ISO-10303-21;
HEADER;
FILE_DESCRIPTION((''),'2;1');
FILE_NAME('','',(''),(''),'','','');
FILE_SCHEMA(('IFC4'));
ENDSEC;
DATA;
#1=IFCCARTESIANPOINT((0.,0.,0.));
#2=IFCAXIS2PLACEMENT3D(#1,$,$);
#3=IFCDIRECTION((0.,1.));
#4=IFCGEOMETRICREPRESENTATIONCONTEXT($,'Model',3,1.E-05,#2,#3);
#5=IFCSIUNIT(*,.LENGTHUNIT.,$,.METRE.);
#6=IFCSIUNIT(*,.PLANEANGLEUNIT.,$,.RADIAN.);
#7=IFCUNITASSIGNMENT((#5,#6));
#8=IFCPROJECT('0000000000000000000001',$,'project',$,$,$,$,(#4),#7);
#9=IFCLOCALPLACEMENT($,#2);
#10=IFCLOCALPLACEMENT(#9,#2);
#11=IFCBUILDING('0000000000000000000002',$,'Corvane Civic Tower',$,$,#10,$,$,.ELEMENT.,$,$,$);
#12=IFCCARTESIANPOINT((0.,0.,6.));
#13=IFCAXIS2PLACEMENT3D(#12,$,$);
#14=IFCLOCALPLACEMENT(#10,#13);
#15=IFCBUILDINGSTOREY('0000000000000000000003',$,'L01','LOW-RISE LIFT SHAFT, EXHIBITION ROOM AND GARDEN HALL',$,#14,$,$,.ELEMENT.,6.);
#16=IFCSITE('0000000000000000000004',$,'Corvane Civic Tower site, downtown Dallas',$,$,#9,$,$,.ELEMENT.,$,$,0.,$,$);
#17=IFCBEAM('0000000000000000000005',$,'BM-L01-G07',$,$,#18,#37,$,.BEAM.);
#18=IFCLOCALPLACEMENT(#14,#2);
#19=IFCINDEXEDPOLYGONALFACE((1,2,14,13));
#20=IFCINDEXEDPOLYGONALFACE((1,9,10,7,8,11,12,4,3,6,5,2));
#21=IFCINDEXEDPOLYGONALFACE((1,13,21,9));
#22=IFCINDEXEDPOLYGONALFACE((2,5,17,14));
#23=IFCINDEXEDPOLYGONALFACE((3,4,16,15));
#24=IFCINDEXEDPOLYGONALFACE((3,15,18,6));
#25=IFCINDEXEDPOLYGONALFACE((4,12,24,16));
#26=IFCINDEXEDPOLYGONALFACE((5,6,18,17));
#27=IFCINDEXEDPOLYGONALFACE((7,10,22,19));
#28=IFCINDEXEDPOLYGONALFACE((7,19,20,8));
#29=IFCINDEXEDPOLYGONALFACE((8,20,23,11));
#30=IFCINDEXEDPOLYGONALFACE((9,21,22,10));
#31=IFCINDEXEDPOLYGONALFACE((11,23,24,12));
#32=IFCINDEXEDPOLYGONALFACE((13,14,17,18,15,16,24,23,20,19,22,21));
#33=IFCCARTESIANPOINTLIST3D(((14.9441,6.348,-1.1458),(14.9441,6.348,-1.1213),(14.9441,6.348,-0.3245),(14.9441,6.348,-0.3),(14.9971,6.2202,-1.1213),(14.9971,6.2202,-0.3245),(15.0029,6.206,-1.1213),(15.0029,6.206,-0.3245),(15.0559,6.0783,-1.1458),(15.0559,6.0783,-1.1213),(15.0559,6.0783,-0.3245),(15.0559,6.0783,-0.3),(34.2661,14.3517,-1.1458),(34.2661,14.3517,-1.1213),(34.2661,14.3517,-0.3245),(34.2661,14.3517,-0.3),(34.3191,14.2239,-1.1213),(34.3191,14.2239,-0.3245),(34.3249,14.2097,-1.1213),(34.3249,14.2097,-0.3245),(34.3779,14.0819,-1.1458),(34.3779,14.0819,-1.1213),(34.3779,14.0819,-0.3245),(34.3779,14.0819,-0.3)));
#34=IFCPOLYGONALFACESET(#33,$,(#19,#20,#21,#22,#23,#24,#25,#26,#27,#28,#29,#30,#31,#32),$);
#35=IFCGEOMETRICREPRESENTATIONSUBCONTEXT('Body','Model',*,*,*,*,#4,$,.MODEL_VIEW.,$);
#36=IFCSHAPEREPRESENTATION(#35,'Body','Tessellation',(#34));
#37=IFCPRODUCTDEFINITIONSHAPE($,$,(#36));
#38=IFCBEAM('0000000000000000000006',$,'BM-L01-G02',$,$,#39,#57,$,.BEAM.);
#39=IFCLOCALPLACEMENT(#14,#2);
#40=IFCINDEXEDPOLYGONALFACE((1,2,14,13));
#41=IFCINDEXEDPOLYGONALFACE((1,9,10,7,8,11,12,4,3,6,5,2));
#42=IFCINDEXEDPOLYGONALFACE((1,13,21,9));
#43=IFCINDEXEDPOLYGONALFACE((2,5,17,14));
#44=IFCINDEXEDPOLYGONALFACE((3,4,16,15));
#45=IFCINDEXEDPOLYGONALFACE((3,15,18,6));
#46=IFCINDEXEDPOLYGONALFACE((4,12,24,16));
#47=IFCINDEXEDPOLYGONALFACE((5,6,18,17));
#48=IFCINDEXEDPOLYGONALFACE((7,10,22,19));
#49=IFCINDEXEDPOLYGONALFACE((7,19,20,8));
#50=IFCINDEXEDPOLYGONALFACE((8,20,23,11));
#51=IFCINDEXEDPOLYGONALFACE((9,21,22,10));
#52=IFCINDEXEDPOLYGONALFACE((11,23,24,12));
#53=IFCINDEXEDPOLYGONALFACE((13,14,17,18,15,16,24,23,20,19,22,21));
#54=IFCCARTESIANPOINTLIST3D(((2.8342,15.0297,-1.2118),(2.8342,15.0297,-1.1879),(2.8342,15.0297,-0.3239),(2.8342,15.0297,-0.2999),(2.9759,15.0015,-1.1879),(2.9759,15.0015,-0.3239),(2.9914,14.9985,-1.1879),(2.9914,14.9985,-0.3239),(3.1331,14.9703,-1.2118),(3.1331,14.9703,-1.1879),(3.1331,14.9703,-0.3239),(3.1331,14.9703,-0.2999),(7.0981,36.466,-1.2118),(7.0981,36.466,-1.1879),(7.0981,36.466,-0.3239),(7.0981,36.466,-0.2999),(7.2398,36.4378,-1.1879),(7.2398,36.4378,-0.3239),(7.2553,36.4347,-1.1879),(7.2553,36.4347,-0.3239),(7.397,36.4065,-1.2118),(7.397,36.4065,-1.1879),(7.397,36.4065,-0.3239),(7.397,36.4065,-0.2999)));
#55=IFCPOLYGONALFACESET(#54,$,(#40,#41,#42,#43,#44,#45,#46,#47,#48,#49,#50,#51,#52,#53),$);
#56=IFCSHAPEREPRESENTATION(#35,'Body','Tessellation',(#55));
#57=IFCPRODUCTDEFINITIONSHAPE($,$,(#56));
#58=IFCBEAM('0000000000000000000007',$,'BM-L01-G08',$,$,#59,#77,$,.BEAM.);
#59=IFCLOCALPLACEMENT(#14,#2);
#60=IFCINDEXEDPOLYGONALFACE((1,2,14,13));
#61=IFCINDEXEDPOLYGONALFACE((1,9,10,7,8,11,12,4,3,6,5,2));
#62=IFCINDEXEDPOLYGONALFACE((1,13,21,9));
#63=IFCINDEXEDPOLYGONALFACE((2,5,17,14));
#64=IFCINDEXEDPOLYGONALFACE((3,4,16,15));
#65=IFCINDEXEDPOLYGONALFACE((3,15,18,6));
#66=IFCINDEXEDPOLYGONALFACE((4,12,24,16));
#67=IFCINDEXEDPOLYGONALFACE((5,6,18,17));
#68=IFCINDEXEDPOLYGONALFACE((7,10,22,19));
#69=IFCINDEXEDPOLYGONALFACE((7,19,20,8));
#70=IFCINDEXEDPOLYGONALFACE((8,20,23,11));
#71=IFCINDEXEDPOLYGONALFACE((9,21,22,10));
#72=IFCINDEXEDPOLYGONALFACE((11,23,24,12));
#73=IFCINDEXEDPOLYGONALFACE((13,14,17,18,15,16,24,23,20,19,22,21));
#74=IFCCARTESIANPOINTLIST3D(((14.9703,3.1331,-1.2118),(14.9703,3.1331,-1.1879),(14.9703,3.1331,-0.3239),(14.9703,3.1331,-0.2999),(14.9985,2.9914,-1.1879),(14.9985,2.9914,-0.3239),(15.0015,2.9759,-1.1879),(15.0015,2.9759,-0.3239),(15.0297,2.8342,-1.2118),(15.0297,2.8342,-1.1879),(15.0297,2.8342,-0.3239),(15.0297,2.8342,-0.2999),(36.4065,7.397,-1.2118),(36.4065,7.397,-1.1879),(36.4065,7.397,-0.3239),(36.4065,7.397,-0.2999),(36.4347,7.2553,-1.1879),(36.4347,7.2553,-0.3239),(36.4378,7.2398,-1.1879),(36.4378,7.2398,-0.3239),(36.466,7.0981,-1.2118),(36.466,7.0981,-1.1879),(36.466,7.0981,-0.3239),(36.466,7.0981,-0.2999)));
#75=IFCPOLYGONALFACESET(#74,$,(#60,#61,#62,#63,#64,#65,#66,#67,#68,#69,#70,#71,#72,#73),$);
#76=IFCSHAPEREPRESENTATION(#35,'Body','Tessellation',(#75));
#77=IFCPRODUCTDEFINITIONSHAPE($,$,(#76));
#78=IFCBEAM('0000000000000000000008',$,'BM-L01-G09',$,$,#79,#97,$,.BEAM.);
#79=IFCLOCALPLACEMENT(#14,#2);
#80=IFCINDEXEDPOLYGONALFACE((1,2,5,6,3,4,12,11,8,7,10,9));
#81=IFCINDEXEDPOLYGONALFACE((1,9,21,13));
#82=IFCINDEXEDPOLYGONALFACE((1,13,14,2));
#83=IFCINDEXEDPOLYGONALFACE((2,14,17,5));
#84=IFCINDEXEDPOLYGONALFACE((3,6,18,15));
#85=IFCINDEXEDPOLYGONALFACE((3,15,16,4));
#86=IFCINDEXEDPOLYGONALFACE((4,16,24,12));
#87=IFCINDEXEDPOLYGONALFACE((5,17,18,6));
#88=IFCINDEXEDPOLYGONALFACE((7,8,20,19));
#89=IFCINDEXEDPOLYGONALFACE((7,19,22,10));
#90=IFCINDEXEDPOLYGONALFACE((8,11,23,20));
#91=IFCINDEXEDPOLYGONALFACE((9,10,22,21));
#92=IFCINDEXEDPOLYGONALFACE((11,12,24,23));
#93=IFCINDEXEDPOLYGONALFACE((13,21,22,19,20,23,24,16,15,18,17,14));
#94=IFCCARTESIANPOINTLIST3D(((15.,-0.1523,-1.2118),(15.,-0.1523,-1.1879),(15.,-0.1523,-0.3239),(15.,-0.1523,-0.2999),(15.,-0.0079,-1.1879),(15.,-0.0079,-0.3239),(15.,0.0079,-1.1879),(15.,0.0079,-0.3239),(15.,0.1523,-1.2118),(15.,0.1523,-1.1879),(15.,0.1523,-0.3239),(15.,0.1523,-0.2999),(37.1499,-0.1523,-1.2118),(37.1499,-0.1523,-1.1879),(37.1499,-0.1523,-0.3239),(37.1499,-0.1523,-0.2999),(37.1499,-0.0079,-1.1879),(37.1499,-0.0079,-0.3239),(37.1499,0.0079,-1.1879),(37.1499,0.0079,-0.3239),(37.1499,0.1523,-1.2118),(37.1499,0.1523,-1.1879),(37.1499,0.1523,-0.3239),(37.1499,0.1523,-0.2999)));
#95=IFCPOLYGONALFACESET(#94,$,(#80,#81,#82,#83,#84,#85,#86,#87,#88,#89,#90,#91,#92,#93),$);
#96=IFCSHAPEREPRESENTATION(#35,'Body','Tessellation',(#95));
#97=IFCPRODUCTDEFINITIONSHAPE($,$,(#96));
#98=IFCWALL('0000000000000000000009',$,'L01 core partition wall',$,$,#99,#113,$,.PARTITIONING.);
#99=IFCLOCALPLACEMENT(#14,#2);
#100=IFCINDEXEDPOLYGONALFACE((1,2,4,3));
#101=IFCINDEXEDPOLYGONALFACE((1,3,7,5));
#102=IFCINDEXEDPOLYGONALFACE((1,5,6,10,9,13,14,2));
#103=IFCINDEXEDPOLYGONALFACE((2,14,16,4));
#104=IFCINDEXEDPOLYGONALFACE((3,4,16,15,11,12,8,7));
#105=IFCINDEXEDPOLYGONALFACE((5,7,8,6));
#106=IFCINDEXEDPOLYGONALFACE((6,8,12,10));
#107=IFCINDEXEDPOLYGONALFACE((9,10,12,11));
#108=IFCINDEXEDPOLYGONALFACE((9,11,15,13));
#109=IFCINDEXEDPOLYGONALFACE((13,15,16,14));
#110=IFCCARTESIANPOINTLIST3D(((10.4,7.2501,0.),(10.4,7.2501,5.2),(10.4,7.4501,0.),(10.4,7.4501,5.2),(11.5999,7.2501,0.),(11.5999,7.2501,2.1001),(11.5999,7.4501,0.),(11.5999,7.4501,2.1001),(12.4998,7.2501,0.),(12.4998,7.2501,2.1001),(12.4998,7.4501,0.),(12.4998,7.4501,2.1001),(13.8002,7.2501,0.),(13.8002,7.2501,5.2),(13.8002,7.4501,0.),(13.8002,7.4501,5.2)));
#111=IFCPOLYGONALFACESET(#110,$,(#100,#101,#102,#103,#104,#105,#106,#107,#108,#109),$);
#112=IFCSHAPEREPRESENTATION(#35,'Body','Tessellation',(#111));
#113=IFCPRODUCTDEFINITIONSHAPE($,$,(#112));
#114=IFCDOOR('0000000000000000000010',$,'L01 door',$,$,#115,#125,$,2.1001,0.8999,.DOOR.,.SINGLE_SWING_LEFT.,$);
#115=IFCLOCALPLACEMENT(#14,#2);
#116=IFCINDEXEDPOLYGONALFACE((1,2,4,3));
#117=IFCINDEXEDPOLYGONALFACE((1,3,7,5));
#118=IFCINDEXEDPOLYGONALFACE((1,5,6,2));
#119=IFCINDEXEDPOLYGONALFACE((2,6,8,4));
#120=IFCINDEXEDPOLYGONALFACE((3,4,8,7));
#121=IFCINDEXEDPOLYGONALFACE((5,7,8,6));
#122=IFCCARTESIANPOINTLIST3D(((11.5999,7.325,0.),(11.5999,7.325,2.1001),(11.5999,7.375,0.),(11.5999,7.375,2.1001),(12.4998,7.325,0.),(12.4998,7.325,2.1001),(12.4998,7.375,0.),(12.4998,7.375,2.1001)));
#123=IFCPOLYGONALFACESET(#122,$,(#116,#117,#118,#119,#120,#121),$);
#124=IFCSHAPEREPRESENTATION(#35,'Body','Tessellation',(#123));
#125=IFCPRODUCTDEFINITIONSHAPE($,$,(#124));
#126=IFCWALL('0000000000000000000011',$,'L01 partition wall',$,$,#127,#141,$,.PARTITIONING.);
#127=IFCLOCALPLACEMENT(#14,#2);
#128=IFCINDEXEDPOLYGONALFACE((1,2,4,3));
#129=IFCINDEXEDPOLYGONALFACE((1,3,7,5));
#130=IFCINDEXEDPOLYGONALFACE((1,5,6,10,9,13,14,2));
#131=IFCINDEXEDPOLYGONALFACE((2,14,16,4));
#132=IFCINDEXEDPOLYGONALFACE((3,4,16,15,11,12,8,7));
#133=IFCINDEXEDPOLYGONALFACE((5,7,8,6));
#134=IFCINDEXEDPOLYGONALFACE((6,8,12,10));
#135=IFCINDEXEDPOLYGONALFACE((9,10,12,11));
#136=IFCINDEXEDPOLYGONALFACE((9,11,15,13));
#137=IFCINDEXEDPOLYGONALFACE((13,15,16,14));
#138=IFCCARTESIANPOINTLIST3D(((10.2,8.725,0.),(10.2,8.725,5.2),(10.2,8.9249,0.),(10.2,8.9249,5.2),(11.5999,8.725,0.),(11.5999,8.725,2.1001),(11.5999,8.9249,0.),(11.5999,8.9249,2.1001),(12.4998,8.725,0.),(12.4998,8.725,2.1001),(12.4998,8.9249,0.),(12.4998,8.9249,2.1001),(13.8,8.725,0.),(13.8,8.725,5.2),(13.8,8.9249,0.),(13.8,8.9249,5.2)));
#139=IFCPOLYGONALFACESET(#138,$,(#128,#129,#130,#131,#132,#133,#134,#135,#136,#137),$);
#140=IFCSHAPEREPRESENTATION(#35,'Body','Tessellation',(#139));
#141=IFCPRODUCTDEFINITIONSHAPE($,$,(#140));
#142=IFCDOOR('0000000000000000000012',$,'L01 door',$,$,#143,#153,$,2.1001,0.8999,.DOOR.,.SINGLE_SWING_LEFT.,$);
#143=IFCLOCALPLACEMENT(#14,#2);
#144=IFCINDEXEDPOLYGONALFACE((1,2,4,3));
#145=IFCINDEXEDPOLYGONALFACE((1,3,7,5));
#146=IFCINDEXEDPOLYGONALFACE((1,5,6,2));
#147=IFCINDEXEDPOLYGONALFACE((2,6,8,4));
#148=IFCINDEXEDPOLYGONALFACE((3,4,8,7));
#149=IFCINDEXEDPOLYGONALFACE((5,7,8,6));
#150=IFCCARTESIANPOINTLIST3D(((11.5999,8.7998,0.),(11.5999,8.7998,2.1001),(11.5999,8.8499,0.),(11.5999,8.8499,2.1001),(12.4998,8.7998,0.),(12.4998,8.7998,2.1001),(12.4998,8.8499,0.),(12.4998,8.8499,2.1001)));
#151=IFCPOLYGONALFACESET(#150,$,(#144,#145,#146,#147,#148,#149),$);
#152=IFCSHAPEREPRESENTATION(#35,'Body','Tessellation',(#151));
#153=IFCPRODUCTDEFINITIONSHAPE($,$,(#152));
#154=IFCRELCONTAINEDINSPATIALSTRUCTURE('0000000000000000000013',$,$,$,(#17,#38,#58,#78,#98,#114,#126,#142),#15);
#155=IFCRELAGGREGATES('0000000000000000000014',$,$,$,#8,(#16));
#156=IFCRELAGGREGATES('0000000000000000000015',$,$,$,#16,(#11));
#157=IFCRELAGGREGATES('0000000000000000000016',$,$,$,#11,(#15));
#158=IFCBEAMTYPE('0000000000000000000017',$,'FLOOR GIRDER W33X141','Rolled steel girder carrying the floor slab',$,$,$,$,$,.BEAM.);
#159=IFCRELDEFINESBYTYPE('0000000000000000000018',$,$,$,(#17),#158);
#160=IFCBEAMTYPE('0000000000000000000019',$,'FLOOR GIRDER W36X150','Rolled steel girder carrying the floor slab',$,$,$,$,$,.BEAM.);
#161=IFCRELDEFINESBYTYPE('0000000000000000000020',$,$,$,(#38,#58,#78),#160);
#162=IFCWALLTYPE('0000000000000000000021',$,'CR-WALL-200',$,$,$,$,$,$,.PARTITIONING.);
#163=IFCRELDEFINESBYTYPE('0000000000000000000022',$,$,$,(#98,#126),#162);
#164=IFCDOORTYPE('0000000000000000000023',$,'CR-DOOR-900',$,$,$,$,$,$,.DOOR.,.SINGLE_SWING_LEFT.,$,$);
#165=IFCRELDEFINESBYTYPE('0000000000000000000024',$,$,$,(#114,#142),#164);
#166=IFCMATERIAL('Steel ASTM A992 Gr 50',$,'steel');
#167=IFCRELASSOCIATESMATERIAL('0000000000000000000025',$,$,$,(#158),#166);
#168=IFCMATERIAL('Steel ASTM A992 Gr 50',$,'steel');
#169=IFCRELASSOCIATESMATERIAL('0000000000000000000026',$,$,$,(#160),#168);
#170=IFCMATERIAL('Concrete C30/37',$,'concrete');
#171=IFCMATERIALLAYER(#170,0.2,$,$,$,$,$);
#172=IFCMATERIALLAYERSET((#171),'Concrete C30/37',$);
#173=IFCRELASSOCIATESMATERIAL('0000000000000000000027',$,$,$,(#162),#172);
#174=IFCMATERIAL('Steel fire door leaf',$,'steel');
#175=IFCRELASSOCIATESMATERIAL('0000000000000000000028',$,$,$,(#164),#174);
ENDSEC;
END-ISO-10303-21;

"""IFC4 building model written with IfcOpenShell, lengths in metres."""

from ifc_helpers import new_model, si_unit, direction, frame, frame_2d, origin, origin_2d, place, context, subcontext, project, spatial, rectangle, i_section, extrude, material, layer, layer_set, material_profile, profile_set, type_object, element, fill, save


model = new_model("IFC4")

# Units and contexts
model_context = context("Model", 3, precision=1e-05, world=origin(), true_north=direction((0.0, 1.0)))
body_context = subcontext(model_context, "Body", "Model", "MODEL_VIEW")
ifc_project = project(units=[si_unit("LENGTHUNIT", "METRE"), si_unit("PLANEANGLEUNIT", "RADIAN")], contexts=[model_context])

# Site, building, storey
site_placement = place(None, origin())
site = spatial("IfcSite", under=ifc_project, at=site_placement, Name="Corvane Civic Tower site, downtown Dallas", CompositionType="ELEMENT", RefElevation=0.0)
building_placement = place(site_placement, origin())
building = spatial("IfcBuilding", under=site, at=building_placement, Name="Corvane Civic Tower", CompositionType="ELEMENT")
storey_placement = place(building_placement, frame((0.0, 0.0, 6.0)))
storey = spatial("IfcBuildingStorey", under=building, at=storey_placement, Name="L01", Description="LOW-RISE LIFT SHAFT, EXHIBITION ROOM AND GARDEN HALL", CompositionType="ELEMENT", Elevation=6.0)

# Beams
ifc_material_1 = material(Name="Steel ASTM A992 Gr 50", Category="steel")
ifc_material_profile_1 = material_profile(ifc_material_1, i_section(OverallWidth=0.292, OverallDepth=0.8457, WebThickness=0.0154, FlangeThickness=0.0244, at=origin_2d()), Name="W33X141")
ifc_profile_set_1 = profile_set([ifc_material_profile_1], Name="Steel ASTM A992 Gr 50")
beam_type_1 = type_object("IfcBeamType", Name="FLOOR GIRDER W33X141", Description="Rolled steel girder carrying the floor slab", PredefinedType="BEAM", material=ifc_profile_set_1)
beam_1_placement = place(storey_placement, frame((15.0, 6.2131, -0.7229), z_axis=(0.923876, 0.382692, 0.0), x_axis=(-0.382692, 0.923876, 0.0)))
element("IfcBeam", 1, at=beam_1_placement, inside=storey, type_object=beam_type_1, Name="BM-L01-G07", PredefinedType="BEAM", context=body_context, shape_type="SweptSolid", body=[
    extrude(i_section(OverallWidth=0.292, OverallDepth=0.8457, WebThickness=0.0154, FlangeThickness=0.0244, at=origin_2d()), origin(), (0.0, 0.0, 1.0), 20.9141),
])
ifc_material_2 = material(Name="Steel ASTM A992 Gr 50", Category="steel")
ifc_material_profile_2 = material_profile(ifc_material_2, i_section(OverallWidth=0.3047, OverallDepth=0.9119, WebThickness=0.0159, FlangeThickness=0.0239, at=origin_2d()), Name="W36X150")
ifc_profile_set_2 = profile_set([ifc_material_profile_2], Name="Steel ASTM A992 Gr 50")
beam_type_2 = type_object("IfcBeamType", Name="FLOOR GIRDER W36X150", Description="Rolled steel girder carrying the floor slab", PredefinedType="BEAM", material=ifc_profile_set_2)
for number, where, z_axis, x_axis, name in (
    (2, (2.9836, 15.0, -0.7559), (0.195089, 0.980785, 0.0), (-0.980785, 0.195089, 0.0), "BM-L01-G02"),
    (3, (15.0, 2.9836, -0.7559), (0.980785, 0.195089, 0.0), (-0.195089, 0.980785, 0.0), "BM-L01-G08"),
):
    element("IfcBeam", number, at=place(storey_placement, frame(where, z_axis=z_axis, x_axis=x_axis)), inside=storey, type_object=beam_type_2, Name=name, PredefinedType="BEAM", context=body_context, shape_type="SweptSolid", body=[
        extrude(i_section(OverallWidth=0.3047, OverallDepth=0.9119, WebThickness=0.0159, FlangeThickness=0.0239, at=origin_2d()), origin(), (0.0, 0.0, 1.0), 21.8562),
    ])
beam_2_placement = place(storey_placement, frame((15.0, 0.0, -0.7559), z_axis=(1.0, 0.0, 0.0), x_axis=(0.0, 1.0, 0.0)))
element("IfcBeam", 4, at=beam_2_placement, inside=storey, type_object=beam_type_2, Name="BM-L01-G09", PredefinedType="BEAM", context=body_context, shape_type="SweptSolid", body=[
    extrude(i_section(OverallWidth=0.3047, OverallDepth=0.9119, WebThickness=0.0159, FlangeThickness=0.0239, at=origin_2d()), origin(), (0.0, 0.0, 1.0), 22.1499),
])

# Walls, openings, doors
ifc_material_3 = material(Name="Concrete C30/37", Category="concrete")
ifc_layer_1 = layer(ifc_material_3, 0.2)
ifc_layer_set_1 = layer_set([ifc_layer_1], Name="Concrete C30/37")
wall_type_1 = type_object("IfcWallType", Name="CR-WALL-200", PredefinedType="PARTITIONING", material=ifc_layer_set_1)
wall_1_placement = place(storey_placement, frame((10.3999, 7.3501, 0.0), z_axis=(0.0, 0.0, 1.0), x_axis=(1.0, 0.0, 0.0)))
wall_1 = element("IfcWall", 5, at=wall_1_placement, inside=storey, type_object=wall_type_1, Name="L01 core partition wall", PredefinedType="PARTITIONING", context=body_context, shape_type="SweptSolid", body=[
    extrude(rectangle(XDim=3.4001, YDim=0.2, at=frame_2d((1.7002, 0.0))), origin(), (0.0, 0.0, 1.0), 5.2),
])
opening_1_placement = place(wall_1_placement, frame((1.2, 0.0, 0.0)))
opening_1 = element("IfcOpeningElement", 6, at=opening_1_placement, cuts=wall_1, PredefinedType="OPENING", context=body_context, shape_type="SweptSolid", body=[
    extrude(rectangle(XDim=0.8999, YDim=2.1001, at=frame_2d((0.45, 1.05))), frame((0.0, 0.1099, 0.0), z_axis=(0.0, -1.0, 0.0), x_axis=(1.0, 0.0, 0.0)), (0.0, 0.0, 1.0), 0.22),
])
ifc_material_4 = material(Name="Steel fire door leaf", Category="steel")
door_type_1 = type_object("IfcDoorType", Name="CR-DOOR-900", OperationType="SINGLE_SWING_LEFT", PredefinedType="DOOR", material=ifc_material_4)
door_1_placement = place(opening_1_placement, origin())
door_1 = element("IfcDoor", 7, at=door_1_placement, inside=storey, type_object=door_type_1, Name="L01 door", OperationType="SINGLE_SWING_LEFT", OverallHeight=2.1001, OverallWidth=0.8999, PredefinedType="DOOR", context=body_context, shape_type="SweptSolid", body=[
    extrude(rectangle(XDim=0.8999, YDim=2.1001, at=frame_2d((0.45, 1.05))), frame((0.0, 0.0249, 0.0), z_axis=(0.0, -1.0, 0.0), x_axis=(1.0, 0.0, 0.0)), (0.0, 0.0, 1.0), 0.05),
])
fill(opening_1, door_1)
wall_2_placement = place(storey_placement, frame((10.2, 8.825, 0.0), z_axis=(0.0, 0.0, 1.0), x_axis=(1.0, 0.0, 0.0)))
wall_2 = element("IfcWall", 8, at=wall_2_placement, inside=storey, type_object=wall_type_1, Name="L01 partition wall", PredefinedType="PARTITIONING", context=body_context, shape_type="SweptSolid", body=[
    extrude(rectangle(XDim=3.6001, YDim=0.2, at=frame_2d((1.8, 0.0))), origin(), (0.0, 0.0, 1.0), 5.2),
])
opening_2_placement = place(wall_2_placement, frame((1.3999, 0.0, 0.0)))
opening_2 = element("IfcOpeningElement", 9, at=opening_2_placement, cuts=wall_2, PredefinedType="OPENING", context=body_context, shape_type="SweptSolid", body=[
    extrude(rectangle(XDim=0.8999, YDim=2.1001, at=frame_2d((0.45, 1.05))), frame((0.0, 0.1099, 0.0), z_axis=(0.0, -1.0, 0.0), x_axis=(1.0, 0.0, 0.0)), (0.0, 0.0, 1.0), 0.22),
])
door_2_placement = place(opening_2_placement, origin())
door_2 = element("IfcDoor", 10, at=door_2_placement, inside=storey, type_object=door_type_1, Name="L01 door", OperationType="SINGLE_SWING_LEFT", OverallHeight=2.1001, OverallWidth=0.8999, PredefinedType="DOOR", context=body_context, shape_type="SweptSolid", body=[
    extrude(rectangle(XDim=0.8999, YDim=2.1001, at=frame_2d((0.45, 1.05))), frame((0.0, 0.0249, 0.0), z_axis=(0.0, -1.0, 0.0), x_axis=(1.0, 0.0, 0.0)), (0.0, 0.0, 1.0), 0.05),
])
fill(opening_2, door_2)

save(model, "model.ifc")
